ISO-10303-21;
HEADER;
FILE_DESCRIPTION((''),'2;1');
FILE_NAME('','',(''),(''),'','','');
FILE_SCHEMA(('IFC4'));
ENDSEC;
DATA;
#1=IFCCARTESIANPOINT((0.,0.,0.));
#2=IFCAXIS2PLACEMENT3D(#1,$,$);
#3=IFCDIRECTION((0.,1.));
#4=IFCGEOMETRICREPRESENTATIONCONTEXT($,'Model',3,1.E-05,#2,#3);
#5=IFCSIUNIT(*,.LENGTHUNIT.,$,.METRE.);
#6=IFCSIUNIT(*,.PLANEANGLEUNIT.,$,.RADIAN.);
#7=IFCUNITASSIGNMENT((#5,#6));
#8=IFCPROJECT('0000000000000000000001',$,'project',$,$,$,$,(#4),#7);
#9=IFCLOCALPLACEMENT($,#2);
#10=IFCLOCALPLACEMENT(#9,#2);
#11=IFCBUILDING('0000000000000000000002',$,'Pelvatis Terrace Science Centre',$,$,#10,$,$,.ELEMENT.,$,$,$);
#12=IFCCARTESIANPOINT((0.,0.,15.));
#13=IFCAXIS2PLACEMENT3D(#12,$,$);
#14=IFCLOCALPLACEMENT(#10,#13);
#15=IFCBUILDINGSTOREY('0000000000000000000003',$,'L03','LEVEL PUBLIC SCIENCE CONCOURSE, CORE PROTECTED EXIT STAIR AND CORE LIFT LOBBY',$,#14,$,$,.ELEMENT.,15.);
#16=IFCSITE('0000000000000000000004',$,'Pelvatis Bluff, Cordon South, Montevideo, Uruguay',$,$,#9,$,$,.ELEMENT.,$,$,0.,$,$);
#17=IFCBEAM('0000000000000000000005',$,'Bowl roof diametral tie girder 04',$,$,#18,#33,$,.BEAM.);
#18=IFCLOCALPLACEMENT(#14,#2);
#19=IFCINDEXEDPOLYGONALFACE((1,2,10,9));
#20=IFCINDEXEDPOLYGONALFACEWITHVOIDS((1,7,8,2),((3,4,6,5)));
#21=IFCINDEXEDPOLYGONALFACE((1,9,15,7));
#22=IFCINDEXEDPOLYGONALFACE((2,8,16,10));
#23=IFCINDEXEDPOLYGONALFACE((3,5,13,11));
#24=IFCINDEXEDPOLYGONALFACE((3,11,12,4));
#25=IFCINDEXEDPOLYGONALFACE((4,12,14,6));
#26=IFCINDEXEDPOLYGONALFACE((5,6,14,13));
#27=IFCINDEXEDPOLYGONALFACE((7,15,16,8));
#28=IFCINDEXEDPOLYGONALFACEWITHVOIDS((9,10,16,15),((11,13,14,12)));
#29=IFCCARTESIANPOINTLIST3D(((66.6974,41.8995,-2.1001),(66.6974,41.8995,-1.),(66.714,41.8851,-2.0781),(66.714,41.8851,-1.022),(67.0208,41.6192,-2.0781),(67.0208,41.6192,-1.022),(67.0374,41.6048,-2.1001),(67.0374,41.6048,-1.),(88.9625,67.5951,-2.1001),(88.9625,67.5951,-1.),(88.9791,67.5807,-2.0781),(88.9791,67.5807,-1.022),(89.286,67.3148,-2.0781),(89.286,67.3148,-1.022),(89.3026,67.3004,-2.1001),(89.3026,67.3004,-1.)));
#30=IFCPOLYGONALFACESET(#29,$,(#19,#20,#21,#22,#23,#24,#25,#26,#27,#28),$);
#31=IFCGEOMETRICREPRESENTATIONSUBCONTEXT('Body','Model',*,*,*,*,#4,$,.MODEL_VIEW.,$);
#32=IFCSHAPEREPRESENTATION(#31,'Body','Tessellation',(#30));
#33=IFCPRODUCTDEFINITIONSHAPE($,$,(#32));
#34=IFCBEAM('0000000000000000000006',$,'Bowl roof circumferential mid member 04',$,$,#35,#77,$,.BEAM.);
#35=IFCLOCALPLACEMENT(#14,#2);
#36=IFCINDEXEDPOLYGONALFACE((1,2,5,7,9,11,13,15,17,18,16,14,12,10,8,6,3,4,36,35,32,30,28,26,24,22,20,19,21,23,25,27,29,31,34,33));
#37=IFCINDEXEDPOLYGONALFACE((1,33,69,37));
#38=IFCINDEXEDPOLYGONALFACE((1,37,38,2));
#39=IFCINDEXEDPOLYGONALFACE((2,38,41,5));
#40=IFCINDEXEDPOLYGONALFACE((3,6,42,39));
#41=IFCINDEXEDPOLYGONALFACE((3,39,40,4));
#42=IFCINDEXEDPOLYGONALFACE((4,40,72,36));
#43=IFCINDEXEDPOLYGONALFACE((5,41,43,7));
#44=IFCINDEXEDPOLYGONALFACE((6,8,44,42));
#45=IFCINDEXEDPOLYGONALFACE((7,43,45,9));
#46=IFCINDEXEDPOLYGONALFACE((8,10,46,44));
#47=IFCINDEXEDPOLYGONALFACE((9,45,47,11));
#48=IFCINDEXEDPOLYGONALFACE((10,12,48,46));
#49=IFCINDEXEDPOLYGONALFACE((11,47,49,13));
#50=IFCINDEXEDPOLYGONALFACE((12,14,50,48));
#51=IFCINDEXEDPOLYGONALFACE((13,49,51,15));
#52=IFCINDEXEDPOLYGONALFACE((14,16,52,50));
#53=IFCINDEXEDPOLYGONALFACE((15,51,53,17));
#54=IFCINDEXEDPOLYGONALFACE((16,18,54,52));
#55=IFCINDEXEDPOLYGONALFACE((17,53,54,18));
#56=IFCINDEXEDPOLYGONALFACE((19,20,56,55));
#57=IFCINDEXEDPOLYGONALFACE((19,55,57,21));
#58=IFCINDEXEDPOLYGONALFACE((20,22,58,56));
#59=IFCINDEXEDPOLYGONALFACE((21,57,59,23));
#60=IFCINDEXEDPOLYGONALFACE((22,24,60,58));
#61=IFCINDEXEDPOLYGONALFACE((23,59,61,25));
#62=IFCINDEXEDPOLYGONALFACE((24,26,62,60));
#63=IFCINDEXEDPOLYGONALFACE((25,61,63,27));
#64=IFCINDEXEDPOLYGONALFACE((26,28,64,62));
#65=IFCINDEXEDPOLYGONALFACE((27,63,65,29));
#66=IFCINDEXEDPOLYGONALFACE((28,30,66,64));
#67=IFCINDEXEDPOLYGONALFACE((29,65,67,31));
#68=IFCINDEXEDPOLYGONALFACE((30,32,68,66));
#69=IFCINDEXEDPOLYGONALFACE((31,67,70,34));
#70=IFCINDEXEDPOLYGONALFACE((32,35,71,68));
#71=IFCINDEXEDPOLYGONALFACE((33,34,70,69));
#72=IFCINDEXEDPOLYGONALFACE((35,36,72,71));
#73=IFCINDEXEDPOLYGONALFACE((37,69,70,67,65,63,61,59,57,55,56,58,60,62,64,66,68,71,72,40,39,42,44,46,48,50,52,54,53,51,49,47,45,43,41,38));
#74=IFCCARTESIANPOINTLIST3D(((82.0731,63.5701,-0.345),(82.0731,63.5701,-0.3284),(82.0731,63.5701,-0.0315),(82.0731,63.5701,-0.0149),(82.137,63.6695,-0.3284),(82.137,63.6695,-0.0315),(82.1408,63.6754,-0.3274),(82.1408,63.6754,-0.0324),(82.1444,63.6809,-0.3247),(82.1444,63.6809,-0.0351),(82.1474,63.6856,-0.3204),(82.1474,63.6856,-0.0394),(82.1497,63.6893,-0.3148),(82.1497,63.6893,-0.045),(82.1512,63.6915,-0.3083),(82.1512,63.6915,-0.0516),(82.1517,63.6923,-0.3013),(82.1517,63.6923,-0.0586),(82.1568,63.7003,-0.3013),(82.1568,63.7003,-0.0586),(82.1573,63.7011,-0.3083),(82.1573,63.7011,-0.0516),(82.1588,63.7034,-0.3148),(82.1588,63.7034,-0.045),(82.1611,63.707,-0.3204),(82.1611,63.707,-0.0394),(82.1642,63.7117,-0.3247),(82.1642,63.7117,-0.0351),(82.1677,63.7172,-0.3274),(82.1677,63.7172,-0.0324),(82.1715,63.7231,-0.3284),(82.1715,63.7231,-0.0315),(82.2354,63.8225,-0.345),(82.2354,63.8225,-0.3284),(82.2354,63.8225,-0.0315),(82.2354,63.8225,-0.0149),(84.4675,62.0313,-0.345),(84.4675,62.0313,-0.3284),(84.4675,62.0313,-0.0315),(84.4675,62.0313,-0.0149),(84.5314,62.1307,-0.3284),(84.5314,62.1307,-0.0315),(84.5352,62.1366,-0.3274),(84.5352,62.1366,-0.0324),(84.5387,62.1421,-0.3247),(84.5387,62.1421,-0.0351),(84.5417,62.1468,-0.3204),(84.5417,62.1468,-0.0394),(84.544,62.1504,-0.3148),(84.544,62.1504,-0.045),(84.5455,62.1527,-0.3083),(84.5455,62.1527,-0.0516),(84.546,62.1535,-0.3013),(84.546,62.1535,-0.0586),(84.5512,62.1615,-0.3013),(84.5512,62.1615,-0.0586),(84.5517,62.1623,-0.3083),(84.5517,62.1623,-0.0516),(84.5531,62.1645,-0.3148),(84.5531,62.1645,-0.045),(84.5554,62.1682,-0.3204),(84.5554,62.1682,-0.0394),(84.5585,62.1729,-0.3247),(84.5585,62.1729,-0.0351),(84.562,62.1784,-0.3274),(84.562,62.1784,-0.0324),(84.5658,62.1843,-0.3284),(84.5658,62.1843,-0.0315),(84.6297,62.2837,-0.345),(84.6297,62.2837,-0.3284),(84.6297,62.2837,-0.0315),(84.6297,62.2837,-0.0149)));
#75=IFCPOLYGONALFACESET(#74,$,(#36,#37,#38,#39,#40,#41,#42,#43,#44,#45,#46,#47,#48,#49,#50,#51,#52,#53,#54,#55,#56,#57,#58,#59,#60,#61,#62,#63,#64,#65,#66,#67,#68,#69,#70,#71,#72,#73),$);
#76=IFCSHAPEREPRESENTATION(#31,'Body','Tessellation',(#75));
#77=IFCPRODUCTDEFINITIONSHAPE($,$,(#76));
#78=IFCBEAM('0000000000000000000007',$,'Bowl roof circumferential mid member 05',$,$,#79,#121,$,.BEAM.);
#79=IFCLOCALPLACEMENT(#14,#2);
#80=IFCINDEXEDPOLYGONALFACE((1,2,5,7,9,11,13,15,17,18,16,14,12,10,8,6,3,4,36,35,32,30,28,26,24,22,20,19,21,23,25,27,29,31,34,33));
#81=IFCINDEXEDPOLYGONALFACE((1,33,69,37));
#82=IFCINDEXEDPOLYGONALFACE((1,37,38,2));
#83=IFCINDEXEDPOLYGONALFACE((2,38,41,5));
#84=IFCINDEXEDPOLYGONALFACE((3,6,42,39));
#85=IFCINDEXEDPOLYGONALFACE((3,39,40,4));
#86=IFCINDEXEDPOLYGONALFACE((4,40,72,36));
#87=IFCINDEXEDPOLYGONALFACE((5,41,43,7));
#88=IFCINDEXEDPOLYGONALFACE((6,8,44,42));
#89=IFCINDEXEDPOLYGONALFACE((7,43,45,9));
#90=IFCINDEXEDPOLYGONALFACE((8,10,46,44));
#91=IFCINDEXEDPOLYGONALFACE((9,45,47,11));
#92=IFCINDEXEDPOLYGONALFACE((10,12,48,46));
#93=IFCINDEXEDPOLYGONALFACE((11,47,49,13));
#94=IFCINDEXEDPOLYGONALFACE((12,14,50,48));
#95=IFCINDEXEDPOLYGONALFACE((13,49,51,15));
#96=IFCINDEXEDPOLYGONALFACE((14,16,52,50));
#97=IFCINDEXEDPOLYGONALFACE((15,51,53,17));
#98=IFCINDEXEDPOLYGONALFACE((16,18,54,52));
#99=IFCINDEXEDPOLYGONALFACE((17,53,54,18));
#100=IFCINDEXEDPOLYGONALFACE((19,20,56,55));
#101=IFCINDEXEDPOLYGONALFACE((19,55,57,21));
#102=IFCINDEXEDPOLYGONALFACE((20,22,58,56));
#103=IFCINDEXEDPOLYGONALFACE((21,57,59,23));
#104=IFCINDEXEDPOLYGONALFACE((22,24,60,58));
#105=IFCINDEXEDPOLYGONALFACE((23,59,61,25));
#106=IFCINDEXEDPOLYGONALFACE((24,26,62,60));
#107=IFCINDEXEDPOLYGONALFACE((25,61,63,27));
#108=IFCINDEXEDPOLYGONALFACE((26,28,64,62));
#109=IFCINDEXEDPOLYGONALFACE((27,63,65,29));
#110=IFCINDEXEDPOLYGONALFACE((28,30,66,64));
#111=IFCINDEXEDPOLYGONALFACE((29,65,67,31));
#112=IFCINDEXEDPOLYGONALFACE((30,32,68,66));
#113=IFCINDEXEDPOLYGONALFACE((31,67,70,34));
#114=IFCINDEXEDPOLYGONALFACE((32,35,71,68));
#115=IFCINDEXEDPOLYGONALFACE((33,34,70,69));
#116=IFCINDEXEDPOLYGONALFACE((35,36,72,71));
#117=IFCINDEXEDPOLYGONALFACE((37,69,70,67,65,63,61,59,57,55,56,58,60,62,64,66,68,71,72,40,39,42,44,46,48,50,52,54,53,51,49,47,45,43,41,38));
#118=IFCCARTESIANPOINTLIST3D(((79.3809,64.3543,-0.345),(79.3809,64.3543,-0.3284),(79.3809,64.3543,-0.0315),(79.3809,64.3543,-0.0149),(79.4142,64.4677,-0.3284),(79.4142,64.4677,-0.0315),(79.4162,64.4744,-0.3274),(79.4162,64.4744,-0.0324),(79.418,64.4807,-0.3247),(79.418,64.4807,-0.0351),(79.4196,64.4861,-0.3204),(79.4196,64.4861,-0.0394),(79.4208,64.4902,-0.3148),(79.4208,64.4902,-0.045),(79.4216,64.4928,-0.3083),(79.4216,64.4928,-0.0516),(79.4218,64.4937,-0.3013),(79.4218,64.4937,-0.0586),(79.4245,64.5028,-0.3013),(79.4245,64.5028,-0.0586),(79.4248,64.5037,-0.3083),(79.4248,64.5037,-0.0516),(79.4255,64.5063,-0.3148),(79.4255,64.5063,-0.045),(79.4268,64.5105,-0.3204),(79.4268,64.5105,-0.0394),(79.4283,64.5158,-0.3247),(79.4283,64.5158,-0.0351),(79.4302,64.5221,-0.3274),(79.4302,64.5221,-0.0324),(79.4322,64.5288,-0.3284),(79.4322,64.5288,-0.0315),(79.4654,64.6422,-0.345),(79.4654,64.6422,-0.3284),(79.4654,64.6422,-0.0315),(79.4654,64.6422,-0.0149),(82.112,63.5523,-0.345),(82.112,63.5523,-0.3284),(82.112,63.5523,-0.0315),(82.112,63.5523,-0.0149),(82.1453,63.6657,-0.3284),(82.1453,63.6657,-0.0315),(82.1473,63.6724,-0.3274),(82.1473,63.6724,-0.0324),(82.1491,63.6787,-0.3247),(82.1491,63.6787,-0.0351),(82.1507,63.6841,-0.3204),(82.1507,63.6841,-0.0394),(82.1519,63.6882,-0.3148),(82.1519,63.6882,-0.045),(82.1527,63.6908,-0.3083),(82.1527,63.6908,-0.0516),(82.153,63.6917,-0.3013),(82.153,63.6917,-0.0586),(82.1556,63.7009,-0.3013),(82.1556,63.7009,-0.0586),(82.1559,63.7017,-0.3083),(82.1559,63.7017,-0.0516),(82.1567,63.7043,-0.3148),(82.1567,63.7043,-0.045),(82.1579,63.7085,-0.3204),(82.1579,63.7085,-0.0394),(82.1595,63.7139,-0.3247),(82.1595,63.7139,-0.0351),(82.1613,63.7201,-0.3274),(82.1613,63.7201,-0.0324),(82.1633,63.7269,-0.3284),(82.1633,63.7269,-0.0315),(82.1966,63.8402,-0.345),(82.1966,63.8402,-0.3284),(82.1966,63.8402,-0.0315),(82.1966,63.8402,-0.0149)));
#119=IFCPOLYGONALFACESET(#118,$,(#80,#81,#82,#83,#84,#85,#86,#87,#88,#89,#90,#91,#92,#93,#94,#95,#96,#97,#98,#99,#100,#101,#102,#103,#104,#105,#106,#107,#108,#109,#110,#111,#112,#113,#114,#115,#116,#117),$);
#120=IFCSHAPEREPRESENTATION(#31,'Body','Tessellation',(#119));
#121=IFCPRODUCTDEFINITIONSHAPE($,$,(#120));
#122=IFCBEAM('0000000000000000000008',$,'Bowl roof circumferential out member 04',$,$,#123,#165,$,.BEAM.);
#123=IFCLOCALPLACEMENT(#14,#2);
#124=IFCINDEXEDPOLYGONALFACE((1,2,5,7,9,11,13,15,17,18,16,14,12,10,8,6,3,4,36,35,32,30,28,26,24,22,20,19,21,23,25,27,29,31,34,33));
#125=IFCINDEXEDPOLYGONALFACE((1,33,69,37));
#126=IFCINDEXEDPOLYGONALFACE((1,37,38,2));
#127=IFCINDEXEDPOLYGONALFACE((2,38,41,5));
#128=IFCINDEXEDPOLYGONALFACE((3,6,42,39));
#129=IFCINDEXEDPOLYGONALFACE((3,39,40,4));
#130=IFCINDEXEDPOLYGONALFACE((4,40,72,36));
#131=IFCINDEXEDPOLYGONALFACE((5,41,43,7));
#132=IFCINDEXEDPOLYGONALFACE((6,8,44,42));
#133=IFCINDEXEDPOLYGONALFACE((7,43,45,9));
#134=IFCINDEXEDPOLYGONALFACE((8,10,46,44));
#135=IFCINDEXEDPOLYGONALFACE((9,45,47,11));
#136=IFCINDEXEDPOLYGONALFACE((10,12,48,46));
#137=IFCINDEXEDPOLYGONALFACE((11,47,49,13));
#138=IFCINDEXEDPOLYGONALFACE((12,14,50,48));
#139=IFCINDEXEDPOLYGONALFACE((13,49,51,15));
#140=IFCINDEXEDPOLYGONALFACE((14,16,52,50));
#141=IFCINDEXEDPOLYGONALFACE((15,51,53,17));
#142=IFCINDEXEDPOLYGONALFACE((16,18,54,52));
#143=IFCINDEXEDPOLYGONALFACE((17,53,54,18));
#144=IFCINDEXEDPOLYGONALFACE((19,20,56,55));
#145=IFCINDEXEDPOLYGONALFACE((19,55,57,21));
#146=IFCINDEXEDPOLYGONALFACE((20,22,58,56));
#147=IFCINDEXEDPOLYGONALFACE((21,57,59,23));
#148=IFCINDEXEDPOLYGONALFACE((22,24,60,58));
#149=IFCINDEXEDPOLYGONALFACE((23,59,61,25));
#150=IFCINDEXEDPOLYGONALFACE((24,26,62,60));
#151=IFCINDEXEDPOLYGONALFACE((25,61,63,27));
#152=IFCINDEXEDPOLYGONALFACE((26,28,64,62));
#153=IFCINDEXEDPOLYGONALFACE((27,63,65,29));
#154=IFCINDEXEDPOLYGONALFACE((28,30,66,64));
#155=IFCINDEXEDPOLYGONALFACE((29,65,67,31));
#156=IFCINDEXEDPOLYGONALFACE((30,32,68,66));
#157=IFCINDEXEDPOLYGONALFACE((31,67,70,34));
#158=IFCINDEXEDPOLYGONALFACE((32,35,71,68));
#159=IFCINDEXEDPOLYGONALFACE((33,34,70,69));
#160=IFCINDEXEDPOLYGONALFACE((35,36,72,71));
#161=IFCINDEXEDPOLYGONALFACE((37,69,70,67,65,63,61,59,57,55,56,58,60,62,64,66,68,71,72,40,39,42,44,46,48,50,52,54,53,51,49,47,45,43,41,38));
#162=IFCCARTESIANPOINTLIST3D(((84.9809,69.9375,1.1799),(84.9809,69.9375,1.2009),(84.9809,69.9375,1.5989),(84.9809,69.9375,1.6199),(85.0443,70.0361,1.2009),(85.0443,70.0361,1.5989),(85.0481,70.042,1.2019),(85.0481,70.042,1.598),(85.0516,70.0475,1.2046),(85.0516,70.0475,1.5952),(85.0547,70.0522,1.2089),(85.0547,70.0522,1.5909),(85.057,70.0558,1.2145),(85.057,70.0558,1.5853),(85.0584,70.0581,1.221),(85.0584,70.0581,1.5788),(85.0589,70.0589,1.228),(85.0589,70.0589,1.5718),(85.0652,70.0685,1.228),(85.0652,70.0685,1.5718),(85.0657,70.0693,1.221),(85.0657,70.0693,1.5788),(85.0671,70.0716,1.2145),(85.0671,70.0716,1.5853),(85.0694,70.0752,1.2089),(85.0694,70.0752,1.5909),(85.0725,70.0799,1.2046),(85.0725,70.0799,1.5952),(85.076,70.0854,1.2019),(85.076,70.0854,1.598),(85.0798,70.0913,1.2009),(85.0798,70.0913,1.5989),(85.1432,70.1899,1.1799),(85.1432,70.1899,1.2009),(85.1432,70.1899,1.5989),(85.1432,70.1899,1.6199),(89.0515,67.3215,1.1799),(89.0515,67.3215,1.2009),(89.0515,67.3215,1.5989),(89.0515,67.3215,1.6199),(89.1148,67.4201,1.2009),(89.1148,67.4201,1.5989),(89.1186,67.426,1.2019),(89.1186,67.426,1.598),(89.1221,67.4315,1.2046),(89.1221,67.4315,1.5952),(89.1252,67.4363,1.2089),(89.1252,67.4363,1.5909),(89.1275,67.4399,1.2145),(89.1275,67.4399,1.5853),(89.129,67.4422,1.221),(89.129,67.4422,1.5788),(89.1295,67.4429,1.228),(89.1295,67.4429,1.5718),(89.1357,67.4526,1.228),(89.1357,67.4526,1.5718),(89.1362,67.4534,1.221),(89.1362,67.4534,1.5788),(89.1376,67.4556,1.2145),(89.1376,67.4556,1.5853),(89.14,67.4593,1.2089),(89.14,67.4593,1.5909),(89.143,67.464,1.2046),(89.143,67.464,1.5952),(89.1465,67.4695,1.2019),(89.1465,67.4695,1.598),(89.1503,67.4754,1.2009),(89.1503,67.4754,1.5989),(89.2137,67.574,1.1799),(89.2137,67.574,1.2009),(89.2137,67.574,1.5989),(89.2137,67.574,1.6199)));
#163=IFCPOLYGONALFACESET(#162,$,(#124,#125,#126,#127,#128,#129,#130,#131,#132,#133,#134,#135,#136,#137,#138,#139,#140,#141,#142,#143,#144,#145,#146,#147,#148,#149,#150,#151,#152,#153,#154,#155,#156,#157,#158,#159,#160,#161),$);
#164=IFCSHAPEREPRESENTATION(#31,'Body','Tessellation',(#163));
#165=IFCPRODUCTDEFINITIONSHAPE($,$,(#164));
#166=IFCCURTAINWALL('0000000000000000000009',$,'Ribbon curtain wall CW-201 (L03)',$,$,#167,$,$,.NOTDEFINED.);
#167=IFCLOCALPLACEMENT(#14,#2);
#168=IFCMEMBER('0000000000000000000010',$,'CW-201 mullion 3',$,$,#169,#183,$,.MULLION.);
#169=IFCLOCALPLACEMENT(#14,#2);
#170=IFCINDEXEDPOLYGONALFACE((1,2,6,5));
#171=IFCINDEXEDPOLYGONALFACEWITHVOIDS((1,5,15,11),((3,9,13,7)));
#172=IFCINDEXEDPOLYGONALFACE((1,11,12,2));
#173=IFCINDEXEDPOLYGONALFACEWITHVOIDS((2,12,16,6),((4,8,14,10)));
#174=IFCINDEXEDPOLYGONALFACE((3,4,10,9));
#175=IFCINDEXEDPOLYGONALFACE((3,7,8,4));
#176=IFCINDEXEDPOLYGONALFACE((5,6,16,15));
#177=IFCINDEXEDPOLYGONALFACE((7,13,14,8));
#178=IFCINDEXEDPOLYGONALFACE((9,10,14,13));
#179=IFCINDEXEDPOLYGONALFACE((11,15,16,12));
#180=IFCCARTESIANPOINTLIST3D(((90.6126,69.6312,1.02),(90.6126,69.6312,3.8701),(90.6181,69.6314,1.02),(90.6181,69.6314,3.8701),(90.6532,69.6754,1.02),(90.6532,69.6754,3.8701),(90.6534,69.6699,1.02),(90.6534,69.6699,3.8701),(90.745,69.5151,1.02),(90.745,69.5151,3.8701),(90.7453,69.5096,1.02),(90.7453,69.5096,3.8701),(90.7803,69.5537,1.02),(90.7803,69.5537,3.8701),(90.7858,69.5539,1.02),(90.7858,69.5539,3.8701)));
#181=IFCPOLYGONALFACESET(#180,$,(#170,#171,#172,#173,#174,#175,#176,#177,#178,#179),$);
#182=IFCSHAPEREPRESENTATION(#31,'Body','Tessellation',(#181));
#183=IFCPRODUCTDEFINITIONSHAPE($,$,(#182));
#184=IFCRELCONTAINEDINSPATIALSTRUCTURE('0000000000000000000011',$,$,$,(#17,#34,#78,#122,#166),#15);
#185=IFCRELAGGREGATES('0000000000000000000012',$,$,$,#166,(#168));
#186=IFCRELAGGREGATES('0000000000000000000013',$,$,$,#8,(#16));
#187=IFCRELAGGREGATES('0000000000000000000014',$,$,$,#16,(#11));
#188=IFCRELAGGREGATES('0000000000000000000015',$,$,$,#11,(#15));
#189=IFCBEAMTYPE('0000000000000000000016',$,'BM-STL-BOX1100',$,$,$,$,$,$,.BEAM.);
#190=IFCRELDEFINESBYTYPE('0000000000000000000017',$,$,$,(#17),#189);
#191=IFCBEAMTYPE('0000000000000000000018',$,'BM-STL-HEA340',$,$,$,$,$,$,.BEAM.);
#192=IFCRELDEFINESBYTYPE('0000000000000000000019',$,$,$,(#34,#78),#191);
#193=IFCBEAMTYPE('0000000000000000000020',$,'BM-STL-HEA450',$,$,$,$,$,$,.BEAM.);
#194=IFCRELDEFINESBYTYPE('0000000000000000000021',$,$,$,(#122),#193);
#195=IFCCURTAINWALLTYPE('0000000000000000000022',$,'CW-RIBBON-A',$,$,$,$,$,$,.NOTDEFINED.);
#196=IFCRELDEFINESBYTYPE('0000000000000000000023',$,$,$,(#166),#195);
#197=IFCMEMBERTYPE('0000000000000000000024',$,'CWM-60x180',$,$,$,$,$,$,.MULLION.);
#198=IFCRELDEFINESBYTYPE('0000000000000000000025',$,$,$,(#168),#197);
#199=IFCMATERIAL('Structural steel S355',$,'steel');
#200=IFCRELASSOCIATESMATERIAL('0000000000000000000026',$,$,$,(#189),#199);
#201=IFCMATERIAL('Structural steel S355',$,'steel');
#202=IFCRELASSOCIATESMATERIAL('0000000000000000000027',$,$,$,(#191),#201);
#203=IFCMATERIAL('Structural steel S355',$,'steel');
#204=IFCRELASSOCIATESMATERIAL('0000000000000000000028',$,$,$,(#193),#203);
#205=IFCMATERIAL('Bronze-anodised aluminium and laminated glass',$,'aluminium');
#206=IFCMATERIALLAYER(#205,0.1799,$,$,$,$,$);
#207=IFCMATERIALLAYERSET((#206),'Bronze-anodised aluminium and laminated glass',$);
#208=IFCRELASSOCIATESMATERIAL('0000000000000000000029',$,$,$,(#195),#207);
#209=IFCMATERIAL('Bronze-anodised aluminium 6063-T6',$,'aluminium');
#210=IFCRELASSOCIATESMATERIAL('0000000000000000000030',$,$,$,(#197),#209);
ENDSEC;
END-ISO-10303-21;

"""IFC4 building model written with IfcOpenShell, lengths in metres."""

from ifc_helpers import new_model, si_unit, direction, frame, origin, origin_2d, place, context, subcontext, project, spatial, hollow_rectangle, i_section, extrude, material, layer, layer_set, material_profile, profile_set, type_object, element, aggregate, save


model = new_model("IFC4")

# Units and contexts
model_context = context("Model", 3, precision=1e-05, world=origin(), true_north=direction((0.0, 1.0)))
body_context = subcontext(model_context, "Body", "Model", "MODEL_VIEW")
ifc_project = project(units=[si_unit("LENGTHUNIT", "METRE"), si_unit("PLANEANGLEUNIT", "RADIAN")], contexts=[model_context])

# Site, building, storey
site_placement = place(None, origin())
site = spatial("IfcSite", under=ifc_project, at=site_placement, Name="Pelvatis Bluff, Cordon South, Montevideo, Uruguay", CompositionType="ELEMENT", RefElevation=0.0)
building_placement = place(site_placement, origin())
building = spatial("IfcBuilding", under=site, at=building_placement, Name="Pelvatis Terrace Science Centre", CompositionType="ELEMENT")
storey_placement = place(building_placement, frame((0.0, 0.0, 15.0)))
storey = spatial("IfcBuildingStorey", under=building, at=storey_placement, Name="L03", Description="LEVEL PUBLIC SCIENCE CONCOURSE, CORE PROTECTED EXIT STAIR AND CORE LIFT LOBBY", CompositionType="ELEMENT", Elevation=15.0)

# Beams
ifc_material_1 = material(Name="Structural steel S355", Category="steel")
ifc_material_profile_1 = material_profile(ifc_material_1, hollow_rectangle(XDim=0.45, YDim=1.1001, WallThickness=0.022, at=origin_2d()), Name="RHS 1100x450x22.0")
ifc_profile_set_1 = profile_set([ifc_material_profile_1], Name="Structural steel S355")
beam_type_1 = type_object("IfcBeamType", Name="BM-STL-BOX1100", PredefinedType="BEAM", material=ifc_profile_set_1)
beam_1_placement = place(storey_placement, frame((89.1326, 67.4478, -1.55), z_axis=(-0.654858, -0.755752, 0.0), x_axis=(0.755752, -0.654858, 0.0)))
element("IfcBeam", 1, at=beam_1_placement, inside=storey, type_object=beam_type_1, Name="Bowl roof diametral tie girder 04", PredefinedType="BEAM", context=body_context, shape_type="SweptSolid", body=[
    extrude(hollow_rectangle(XDim=0.45, YDim=1.1001, WallThickness=0.022, at=origin_2d()), origin(), (0.0, 0.0, 1.0), 34.0),
])
ifc_material_2 = material(Name="Structural steel S355", Category="steel")
ifc_material_profile_2 = material_profile(ifc_material_2, i_section(OverallWidth=0.3, OverallDepth=0.3301, WebThickness=0.0095, FlangeThickness=0.0166, FilletRadius=0.0271, at=origin_2d()), Name="HEA 340")
ifc_profile_set_2 = profile_set([ifc_material_profile_2], Name="Structural steel S355")
beam_type_2 = type_object("IfcBeamType", Name="BM-STL-HEA340", PredefinedType="BEAM", material=ifc_profile_set_2)
beam_2_placement = place(storey_placement, frame((84.5486, 62.1575, -0.1799), z_axis=(-0.841237, 0.540667, 0.0), x_axis=(-0.540667, -0.841237, 0.0)))
element("IfcBeam", 2, at=beam_2_placement, inside=storey, type_object=beam_type_2, Name="Bowl roof circumferential mid member 04", PredefinedType="BEAM", context=body_context, shape_type="SweptSolid", body=[
    extrude(i_section(OverallWidth=0.3, OverallDepth=0.3301, WebThickness=0.0095, FlangeThickness=0.0166, FilletRadius=0.0271, at=origin_2d()), origin(), (0.0, 0.0, 1.0), 2.8462),
])
beam_3_placement = place(storey_placement, frame((82.1543, 63.6963, -0.1799), z_axis=(-0.959488, 0.281748, 0.0), x_axis=(-0.281748, -0.959488, 0.0)))
element("IfcBeam", 3, at=beam_3_placement, inside=storey, type_object=beam_type_2, Name="Bowl roof circumferential mid member 05", PredefinedType="BEAM", context=body_context, shape_type="SweptSolid", body=[
    extrude(i_section(OverallWidth=0.3, OverallDepth=0.3301, WebThickness=0.0095, FlangeThickness=0.0166, FilletRadius=0.0271, at=origin_2d()), origin(), (0.0, 0.0, 1.0), 2.8464),
])
ifc_material_3 = material(Name="Structural steel S355", Category="steel")
ifc_material_profile_3 = material_profile(ifc_material_3, i_section(OverallWidth=0.3, OverallDepth=0.4399, WebThickness=0.0115, FlangeThickness=0.021, FilletRadius=0.0271, at=origin_2d()), Name="HEA 450")
ifc_profile_set_3 = profile_set([ifc_material_profile_3], Name="Structural steel S355")
beam_type_3 = type_object("IfcBeamType", Name="BM-STL-HEA450", PredefinedType="BEAM", material=ifc_profile_set_3)
beam_4_placement = place(storey_placement, frame((89.1326, 67.4478, 1.3999), z_axis=(-0.841256, 0.540638, 0.0), x_axis=(-0.540638, -0.841256, 0.0)))
element("IfcBeam", 4, at=beam_4_placement, inside=storey, type_object=beam_type_3, Name="Bowl roof circumferential out member 04", PredefinedType="BEAM", context=body_context, shape_type="SweptSolid", body=[
    extrude(i_section(OverallWidth=0.3, OverallDepth=0.4399, WebThickness=0.0115, FlangeThickness=0.021, FilletRadius=0.0271, at=origin_2d()), origin(), (0.0, 0.0, 1.0), 4.8386),
])

# Curtain wall, member
ifc_material_4 = material(Name="Bronze-anodised aluminium and laminated glass", Category="aluminium")
ifc_layer_1 = layer(ifc_material_4, 0.1799)
ifc_layer_set_1 = layer_set([ifc_layer_1], Name="Bronze-anodised aluminium and laminated glass")
curtain_wall_type = type_object("IfcCurtainWallType", Name="CW-RIBBON-A", PredefinedType="NOTDEFINED", material=ifc_layer_set_1)
curtain_wall_placement = place(storey_placement, origin())
curtain_wall = element("IfcCurtainWall", 5, at=curtain_wall_placement, inside=storey, type_object=curtain_wall_type, Name="Ribbon curtain wall CW-201 (L03)", PredefinedType="NOTDEFINED")
ifc_material_5 = material(Name="Bronze-anodised aluminium 6063-T6", Category="aluminium")
ifc_material_profile_4 = material_profile(ifc_material_5, hollow_rectangle(XDim=0.0601, YDim=0.1799, WallThickness=0.0039, at=origin_2d()), Name="ALU-MUL 60x180")
ifc_profile_set_4 = profile_set([ifc_material_profile_4], Name="Bronze-anodised aluminium 6063-T6")
member_type_1 = type_object("IfcMemberType", Name="CWM-60x180", PredefinedType="MULLION", material=ifc_profile_set_4)
member_1_placement = place(storey_placement, frame((90.6992, 69.5925, 1.02), z_axis=(0.0, 0.0, 1.0), x_axis=(0.675452, 0.737404, 0.0)))
member_1 = element("IfcMember", 6, at=member_1_placement, type_object=member_type_1, Name="CW-201 mullion 3", PredefinedType="MULLION", context=body_context, shape_type="SweptSolid", body=[
    extrude(hollow_rectangle(XDim=0.0601, YDim=0.1799, WallThickness=0.0039, at=origin_2d()), origin(), (0.0, 0.0, 1.0), 2.8501),
])

aggregate(curtain_wall, [member_1])

save(model, "model.ifc")
